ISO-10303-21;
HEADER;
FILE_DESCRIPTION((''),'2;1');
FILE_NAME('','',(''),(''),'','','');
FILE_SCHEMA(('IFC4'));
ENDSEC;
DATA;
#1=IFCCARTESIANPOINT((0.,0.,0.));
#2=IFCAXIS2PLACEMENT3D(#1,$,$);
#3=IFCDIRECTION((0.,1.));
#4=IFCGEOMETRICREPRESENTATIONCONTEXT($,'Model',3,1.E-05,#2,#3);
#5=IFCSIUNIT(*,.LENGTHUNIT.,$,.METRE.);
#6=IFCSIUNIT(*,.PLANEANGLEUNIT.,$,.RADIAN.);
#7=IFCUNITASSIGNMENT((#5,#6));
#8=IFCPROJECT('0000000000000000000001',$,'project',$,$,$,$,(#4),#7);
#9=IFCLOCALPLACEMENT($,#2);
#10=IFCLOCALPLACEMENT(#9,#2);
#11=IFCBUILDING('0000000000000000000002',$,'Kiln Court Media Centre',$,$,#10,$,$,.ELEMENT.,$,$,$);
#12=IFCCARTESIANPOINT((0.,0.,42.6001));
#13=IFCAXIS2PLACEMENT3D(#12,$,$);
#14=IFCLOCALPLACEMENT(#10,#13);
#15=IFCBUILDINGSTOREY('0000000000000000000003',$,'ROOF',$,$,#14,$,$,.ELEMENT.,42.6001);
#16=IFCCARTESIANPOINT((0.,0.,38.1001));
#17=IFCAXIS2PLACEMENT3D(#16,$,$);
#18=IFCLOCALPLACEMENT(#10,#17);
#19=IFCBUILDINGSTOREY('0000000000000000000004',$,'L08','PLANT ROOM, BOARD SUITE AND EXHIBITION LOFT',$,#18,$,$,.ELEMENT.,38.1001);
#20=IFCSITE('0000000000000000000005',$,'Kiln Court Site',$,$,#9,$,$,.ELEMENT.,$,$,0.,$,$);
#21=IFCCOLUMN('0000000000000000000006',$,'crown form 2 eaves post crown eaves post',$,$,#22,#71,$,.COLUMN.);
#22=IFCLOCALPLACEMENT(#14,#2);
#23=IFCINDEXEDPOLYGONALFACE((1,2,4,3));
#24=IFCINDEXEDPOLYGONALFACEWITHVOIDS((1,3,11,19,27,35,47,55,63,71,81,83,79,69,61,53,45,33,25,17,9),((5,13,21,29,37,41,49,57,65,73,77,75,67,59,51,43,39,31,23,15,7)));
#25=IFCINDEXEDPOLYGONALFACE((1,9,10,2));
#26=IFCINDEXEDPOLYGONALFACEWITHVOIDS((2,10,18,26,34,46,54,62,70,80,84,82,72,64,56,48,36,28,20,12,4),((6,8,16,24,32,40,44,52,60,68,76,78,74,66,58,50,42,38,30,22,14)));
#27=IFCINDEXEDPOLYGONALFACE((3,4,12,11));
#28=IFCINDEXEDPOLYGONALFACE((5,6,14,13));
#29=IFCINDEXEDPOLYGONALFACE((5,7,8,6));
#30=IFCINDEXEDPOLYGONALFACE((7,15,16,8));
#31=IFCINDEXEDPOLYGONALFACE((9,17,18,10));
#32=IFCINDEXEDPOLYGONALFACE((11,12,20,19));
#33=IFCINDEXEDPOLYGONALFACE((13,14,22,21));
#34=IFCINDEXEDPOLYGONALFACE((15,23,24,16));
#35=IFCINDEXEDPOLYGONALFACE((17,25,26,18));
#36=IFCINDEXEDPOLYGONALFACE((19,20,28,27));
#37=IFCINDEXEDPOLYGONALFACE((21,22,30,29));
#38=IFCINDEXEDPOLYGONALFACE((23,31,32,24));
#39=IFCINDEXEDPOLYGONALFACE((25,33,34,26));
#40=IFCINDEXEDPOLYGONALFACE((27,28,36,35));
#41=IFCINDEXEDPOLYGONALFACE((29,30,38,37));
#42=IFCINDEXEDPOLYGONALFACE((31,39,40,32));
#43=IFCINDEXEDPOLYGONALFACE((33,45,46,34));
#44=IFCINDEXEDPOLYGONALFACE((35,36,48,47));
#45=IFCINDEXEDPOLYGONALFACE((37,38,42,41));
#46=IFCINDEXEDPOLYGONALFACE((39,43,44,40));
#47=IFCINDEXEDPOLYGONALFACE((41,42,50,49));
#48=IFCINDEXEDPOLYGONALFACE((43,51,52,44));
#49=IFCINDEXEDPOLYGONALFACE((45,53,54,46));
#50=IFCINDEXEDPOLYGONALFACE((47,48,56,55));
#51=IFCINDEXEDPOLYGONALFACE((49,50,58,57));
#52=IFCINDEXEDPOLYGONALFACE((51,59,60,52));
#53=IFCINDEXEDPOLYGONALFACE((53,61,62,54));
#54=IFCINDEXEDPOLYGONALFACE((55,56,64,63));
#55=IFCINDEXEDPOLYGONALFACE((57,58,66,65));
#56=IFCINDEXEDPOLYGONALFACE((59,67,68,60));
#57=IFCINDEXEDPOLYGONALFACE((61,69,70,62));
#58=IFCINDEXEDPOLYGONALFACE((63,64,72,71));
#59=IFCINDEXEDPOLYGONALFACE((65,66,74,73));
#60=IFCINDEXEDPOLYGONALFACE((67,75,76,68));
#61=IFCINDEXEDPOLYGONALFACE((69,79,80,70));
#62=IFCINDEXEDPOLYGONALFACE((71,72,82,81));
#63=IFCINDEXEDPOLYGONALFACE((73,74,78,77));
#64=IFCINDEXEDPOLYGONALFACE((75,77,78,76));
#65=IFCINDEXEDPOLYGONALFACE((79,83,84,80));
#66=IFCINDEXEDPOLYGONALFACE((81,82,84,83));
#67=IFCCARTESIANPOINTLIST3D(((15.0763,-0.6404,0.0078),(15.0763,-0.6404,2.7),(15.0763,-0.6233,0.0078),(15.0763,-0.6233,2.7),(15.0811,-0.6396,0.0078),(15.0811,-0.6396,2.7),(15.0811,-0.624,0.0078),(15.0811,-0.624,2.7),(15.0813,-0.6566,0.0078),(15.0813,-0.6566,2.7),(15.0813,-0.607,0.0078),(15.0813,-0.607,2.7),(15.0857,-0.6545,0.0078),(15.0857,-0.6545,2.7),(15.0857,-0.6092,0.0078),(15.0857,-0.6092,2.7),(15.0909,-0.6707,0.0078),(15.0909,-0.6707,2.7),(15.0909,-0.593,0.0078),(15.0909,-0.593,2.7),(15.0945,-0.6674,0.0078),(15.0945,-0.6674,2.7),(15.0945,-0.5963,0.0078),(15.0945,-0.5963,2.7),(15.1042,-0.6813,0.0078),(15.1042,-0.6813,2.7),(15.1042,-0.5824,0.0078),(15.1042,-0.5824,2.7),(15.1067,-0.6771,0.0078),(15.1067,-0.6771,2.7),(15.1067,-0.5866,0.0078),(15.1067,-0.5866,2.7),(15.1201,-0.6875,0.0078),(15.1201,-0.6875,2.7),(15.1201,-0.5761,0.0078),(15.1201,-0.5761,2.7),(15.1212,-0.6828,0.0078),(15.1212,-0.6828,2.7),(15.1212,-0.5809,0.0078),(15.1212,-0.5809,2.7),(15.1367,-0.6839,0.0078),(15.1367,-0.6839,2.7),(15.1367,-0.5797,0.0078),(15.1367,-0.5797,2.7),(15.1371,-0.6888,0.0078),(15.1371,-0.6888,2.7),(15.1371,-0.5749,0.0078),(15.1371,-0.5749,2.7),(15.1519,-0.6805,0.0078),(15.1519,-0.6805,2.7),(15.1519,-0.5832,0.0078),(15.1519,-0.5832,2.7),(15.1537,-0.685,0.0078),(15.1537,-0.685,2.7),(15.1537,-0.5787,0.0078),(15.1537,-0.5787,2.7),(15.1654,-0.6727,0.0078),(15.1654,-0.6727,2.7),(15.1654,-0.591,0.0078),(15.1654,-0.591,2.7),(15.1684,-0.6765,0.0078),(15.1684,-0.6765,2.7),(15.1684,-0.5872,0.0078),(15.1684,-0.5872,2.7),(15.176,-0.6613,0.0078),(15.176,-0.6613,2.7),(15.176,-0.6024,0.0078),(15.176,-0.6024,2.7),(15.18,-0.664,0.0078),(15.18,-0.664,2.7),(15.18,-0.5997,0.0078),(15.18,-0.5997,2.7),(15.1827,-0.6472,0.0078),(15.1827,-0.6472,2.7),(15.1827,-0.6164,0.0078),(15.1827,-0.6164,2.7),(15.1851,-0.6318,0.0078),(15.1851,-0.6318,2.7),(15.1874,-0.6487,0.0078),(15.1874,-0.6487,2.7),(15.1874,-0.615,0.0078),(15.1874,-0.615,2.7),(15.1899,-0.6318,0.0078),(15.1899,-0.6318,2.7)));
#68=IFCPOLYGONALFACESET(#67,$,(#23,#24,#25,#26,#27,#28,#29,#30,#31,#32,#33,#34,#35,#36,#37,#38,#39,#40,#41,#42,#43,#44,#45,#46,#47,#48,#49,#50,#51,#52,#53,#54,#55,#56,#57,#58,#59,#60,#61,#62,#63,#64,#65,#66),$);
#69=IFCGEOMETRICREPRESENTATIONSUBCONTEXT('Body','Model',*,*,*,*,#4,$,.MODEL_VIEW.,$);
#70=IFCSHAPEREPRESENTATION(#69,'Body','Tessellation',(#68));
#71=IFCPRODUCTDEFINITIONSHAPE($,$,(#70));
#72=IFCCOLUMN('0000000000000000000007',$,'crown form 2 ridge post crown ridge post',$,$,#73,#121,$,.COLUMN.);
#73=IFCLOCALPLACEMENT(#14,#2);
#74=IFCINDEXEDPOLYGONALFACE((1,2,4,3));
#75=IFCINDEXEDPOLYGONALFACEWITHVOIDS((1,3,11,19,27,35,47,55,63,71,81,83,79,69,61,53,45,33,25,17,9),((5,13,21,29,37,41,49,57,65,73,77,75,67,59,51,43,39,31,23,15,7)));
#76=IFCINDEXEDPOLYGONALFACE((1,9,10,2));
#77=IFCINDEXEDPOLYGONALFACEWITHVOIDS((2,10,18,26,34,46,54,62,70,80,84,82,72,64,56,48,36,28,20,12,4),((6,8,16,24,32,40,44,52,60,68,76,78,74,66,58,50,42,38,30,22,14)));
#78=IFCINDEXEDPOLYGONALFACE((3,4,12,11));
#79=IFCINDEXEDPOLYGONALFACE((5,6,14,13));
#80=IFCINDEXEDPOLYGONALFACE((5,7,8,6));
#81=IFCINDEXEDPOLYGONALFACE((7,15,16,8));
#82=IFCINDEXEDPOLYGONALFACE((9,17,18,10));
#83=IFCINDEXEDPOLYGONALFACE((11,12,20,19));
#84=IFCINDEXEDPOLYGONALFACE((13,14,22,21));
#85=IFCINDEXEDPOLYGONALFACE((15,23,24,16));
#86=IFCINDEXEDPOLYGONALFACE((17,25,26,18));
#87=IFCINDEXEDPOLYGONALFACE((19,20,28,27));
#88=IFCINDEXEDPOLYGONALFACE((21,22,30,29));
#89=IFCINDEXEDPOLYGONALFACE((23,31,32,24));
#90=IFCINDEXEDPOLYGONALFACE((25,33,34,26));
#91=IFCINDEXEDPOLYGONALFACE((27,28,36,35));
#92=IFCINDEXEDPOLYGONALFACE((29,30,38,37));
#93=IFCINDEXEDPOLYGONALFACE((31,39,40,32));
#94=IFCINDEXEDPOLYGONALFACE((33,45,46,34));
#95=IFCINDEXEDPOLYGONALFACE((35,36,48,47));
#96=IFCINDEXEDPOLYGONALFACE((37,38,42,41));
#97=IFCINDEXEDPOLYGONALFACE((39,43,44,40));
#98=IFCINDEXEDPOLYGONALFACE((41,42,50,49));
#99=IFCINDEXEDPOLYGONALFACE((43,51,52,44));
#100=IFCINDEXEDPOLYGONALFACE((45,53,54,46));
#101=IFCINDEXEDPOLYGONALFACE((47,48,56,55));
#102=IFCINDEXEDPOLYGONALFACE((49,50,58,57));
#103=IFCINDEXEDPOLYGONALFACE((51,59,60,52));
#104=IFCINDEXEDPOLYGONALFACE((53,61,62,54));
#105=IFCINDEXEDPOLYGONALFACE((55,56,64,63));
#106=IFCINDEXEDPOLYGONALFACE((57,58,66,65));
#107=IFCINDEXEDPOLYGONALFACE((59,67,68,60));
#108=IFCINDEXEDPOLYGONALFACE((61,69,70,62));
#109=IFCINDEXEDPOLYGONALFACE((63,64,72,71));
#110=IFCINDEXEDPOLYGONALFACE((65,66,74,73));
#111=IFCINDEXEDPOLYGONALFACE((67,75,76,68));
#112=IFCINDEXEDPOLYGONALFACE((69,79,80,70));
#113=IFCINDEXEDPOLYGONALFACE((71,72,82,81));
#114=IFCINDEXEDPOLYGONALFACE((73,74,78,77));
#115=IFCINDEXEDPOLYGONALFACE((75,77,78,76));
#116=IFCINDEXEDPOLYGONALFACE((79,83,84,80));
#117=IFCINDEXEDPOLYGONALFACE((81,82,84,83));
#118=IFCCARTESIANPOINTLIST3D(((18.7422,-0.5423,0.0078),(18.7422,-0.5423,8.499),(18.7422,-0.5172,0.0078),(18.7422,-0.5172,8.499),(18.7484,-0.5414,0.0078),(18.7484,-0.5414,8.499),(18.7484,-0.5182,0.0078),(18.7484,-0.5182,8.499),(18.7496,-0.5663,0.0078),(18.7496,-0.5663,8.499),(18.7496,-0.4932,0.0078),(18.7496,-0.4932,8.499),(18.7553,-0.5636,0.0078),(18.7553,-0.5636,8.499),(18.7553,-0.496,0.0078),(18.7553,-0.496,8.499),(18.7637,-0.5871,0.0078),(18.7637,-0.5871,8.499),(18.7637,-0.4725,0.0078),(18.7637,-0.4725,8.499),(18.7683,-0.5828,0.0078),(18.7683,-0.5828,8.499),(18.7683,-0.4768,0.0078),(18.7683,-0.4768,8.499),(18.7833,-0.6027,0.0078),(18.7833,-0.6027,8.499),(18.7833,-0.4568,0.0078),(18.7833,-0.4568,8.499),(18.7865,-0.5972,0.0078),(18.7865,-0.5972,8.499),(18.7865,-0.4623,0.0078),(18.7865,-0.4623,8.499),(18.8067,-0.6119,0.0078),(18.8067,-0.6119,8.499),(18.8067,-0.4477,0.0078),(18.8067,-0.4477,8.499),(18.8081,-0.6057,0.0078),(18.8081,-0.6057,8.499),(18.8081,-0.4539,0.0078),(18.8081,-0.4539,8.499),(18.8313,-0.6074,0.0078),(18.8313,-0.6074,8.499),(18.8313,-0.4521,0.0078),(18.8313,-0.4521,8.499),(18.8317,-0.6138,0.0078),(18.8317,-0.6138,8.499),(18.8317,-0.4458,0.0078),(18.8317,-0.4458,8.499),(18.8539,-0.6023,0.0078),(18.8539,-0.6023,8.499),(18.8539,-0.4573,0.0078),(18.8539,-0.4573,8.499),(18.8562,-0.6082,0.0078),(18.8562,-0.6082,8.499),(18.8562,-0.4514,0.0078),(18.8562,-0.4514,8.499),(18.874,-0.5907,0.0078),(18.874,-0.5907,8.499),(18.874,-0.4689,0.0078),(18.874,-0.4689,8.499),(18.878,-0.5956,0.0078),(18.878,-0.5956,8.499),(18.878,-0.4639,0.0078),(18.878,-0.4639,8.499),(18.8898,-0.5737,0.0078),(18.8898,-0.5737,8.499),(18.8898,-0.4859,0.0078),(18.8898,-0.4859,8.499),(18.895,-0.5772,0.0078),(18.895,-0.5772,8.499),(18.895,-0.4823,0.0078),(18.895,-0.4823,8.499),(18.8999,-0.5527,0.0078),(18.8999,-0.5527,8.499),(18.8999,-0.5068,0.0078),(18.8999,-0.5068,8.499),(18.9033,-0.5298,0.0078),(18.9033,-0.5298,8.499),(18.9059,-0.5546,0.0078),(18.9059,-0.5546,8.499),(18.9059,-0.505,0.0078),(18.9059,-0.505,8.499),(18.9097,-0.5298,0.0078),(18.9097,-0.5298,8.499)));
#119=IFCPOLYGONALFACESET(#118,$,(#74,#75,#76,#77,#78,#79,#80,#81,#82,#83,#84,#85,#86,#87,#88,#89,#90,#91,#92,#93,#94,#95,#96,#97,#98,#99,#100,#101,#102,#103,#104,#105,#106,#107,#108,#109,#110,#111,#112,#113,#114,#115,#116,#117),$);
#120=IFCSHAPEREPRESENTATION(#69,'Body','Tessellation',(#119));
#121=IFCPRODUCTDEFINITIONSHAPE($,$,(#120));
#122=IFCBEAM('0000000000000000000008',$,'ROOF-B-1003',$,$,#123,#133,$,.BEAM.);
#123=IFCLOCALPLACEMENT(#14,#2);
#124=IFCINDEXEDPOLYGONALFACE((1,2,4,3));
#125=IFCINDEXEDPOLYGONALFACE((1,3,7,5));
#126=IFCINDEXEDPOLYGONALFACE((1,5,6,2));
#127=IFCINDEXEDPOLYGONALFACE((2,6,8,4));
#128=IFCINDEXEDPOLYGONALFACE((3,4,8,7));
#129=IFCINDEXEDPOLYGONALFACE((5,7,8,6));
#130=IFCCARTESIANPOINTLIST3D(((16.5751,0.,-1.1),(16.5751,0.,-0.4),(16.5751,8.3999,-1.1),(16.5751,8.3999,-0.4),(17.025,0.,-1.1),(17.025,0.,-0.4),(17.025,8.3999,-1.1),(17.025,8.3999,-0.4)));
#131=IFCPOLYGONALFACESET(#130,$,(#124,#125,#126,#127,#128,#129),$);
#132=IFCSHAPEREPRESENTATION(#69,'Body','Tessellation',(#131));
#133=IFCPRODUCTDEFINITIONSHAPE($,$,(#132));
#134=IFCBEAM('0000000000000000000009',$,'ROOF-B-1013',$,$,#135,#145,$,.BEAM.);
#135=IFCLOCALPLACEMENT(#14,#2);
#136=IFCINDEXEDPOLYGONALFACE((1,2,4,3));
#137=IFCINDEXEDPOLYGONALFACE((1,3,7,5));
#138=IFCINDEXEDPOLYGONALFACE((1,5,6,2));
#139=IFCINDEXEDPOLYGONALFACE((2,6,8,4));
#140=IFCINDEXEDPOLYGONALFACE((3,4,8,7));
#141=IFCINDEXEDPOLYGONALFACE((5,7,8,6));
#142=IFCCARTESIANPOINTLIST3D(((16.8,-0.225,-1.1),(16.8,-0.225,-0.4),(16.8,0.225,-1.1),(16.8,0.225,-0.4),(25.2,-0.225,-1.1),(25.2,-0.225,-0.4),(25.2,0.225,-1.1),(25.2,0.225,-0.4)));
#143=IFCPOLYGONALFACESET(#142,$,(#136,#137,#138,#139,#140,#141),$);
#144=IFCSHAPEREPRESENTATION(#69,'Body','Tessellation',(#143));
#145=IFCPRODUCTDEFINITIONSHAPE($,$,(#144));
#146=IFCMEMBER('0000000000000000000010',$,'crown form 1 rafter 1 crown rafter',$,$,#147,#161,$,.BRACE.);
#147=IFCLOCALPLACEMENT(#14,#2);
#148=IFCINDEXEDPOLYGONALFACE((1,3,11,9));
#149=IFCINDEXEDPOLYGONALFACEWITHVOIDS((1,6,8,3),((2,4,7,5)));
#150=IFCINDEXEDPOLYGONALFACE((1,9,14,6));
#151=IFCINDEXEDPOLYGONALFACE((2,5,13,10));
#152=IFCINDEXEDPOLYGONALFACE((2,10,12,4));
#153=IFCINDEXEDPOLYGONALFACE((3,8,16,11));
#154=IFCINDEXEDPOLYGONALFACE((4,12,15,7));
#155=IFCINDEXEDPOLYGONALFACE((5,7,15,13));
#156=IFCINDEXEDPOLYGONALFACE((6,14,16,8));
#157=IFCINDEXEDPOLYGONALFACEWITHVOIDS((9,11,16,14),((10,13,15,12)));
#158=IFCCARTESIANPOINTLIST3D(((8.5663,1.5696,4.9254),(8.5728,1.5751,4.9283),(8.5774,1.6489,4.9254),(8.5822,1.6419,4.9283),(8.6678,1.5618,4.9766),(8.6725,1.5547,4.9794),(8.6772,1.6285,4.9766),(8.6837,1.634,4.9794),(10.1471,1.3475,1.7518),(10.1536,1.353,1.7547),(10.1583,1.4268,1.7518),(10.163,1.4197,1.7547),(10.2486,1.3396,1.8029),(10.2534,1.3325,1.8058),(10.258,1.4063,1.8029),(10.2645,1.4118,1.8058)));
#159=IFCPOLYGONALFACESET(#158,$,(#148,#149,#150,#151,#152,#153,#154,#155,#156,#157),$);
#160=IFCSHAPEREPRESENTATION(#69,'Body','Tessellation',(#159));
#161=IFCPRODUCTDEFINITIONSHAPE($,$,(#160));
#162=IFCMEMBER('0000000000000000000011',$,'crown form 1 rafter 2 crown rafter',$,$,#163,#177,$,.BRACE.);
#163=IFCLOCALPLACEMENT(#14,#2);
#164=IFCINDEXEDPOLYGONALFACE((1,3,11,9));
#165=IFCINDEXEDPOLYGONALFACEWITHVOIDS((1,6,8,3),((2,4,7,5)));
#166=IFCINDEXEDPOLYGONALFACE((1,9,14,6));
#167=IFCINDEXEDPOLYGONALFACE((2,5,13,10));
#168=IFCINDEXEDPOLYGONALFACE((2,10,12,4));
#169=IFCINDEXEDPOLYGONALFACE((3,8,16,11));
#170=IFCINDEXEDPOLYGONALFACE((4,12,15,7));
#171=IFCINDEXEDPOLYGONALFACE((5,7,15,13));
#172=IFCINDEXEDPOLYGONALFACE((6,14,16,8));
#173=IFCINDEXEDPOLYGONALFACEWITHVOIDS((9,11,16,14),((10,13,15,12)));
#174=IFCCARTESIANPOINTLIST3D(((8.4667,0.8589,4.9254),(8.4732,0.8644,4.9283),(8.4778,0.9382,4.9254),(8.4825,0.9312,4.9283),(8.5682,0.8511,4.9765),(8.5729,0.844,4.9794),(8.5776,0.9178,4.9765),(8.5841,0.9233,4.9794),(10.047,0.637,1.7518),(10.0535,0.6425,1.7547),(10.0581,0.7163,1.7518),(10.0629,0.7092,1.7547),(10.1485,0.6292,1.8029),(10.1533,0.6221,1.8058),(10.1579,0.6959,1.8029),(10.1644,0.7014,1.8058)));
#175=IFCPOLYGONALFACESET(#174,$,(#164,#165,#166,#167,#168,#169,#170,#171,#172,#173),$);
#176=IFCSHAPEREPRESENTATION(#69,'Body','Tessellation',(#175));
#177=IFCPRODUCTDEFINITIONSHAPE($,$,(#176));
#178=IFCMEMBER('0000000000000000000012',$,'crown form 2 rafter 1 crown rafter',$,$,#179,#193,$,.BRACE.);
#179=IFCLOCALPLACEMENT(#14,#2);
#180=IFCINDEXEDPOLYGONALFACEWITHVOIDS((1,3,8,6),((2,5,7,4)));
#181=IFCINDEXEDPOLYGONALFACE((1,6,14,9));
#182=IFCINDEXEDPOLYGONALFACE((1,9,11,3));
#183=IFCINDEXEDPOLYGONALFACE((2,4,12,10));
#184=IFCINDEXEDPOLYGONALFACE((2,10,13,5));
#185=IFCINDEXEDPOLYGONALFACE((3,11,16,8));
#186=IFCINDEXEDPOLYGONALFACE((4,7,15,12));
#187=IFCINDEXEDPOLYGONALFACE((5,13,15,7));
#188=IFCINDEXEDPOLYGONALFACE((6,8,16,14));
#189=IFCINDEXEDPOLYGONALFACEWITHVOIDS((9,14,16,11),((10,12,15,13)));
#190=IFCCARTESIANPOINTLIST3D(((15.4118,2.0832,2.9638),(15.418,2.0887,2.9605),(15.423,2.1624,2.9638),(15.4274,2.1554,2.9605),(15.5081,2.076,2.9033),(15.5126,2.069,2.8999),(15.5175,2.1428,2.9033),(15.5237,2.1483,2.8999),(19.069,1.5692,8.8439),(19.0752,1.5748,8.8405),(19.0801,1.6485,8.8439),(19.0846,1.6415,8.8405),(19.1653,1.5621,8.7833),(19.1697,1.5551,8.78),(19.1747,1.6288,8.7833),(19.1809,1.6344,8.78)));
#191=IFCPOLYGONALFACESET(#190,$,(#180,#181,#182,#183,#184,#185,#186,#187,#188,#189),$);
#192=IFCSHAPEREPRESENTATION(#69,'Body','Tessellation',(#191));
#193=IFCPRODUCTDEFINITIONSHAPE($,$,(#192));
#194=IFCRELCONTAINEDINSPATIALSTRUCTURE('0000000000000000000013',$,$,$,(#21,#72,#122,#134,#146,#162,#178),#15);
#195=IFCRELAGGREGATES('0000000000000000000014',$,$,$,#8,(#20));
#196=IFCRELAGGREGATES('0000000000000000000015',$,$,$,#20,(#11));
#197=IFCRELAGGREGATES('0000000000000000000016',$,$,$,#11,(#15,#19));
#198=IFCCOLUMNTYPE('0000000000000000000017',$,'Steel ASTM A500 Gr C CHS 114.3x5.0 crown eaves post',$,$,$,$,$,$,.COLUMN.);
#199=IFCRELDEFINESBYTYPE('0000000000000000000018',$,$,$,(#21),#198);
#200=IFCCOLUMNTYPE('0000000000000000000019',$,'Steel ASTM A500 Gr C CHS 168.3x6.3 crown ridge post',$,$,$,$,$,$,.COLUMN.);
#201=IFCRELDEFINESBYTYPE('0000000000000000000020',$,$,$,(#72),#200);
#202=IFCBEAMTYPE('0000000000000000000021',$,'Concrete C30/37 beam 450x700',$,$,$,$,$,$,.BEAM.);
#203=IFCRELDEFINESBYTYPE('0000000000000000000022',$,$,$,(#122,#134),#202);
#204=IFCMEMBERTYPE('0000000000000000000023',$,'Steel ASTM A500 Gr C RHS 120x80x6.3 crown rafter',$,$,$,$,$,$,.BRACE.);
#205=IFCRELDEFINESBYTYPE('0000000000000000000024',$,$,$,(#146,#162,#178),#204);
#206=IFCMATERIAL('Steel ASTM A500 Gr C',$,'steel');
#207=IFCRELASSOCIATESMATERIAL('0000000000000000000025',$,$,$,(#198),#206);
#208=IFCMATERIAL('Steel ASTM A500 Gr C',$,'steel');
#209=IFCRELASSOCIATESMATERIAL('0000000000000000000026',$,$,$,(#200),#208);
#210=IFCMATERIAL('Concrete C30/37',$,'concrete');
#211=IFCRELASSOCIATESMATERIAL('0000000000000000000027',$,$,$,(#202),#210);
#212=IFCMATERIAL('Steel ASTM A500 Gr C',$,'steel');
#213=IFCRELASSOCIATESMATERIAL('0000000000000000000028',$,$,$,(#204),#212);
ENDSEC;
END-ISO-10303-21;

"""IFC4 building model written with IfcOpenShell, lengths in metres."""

from ifc_helpers import new_model, si_unit, direction, frame, origin, origin_2d, place, context, subcontext, project, spatial, rectangle, hollow_rectangle, hollow_circle, extrude, material, material_profile, profile_set, type_object, element, save


model = new_model("IFC4")

# Units and contexts
model_context = context("Model", 3, precision=1e-05, world=origin(), true_north=direction((0.0, 1.0)))
body_context = subcontext(model_context, "Body", "Model", "MODEL_VIEW")
ifc_project = project(units=[si_unit("LENGTHUNIT", "METRE"), si_unit("PLANEANGLEUNIT", "RADIAN")], contexts=[model_context])

# Site, building, storey
site_placement = place(None, origin())
site = spatial("IfcSite", under=ifc_project, at=site_placement, Name="Kiln Court Site", CompositionType="ELEMENT", RefElevation=0.0)
building_placement = place(site_placement, origin())
building = spatial("IfcBuilding", under=site, at=building_placement, Name="Kiln Court Media Centre", CompositionType="ELEMENT")
storey_1_placement = place(building_placement, frame((0.0, 0.0, 42.6001)))
storey_1 = spatial("IfcBuildingStorey", under=building, at=storey_1_placement, Name="ROOF", CompositionType="ELEMENT", Elevation=42.6001)

# Columns
ifc_material_1 = material(Name="Steel ASTM A500 Gr C", Category="steel")
ifc_material_profile_1 = material_profile(ifc_material_1, hollow_circle(Radius=0.0571, WallThickness=0.0049, at=origin_2d()), Name="CHS 114.3x5.0")
ifc_profile_set_1 = profile_set([ifc_material_profile_1], Name="Steel ASTM A500 Gr C")
column_type_1 = type_object("IfcColumnType", Name="Steel ASTM A500 Gr C CHS 114.3x5.0 crown eaves post", PredefinedType="COLUMN", material=ifc_profile_set_1)
column_1_placement = place(storey_1_placement, frame((15.1328, -0.6318, 0.0078), z_axis=(0.0, 0.0, 1.0), x_axis=(1.0, 0.0, 0.0)))
element("IfcColumn", 1, at=column_1_placement, inside=storey_1, type_object=column_type_1, Name="crown form 2 eaves post crown eaves post", PredefinedType="COLUMN", context=body_context, shape_type="SweptSolid", body=[
    extrude(hollow_circle(Radius=0.0571, WallThickness=0.0049, at=origin_2d()), origin(), (0.0, 0.0, 1.0), 2.6921),
])
ifc_material_2 = material(Name="Steel ASTM A500 Gr C", Category="steel")
ifc_material_profile_2 = material_profile(ifc_material_2, hollow_circle(Radius=0.0842, WallThickness=0.0063, at=origin_2d()), Name="CHS 168.3x6.3")
ifc_profile_set_2 = profile_set([ifc_material_profile_2], Name="Steel ASTM A500 Gr C")
column_type_2 = type_object("IfcColumnType", Name="Steel ASTM A500 Gr C CHS 168.3x6.3 crown ridge post", PredefinedType="COLUMN", material=ifc_profile_set_2)
column_2_placement = place(storey_1_placement, frame((18.8254, -0.5298, 0.0078), z_axis=(0.0, 0.0, 1.0), x_axis=(1.0, 0.0, 0.0)))
element("IfcColumn", 2, at=column_2_placement, inside=storey_1, type_object=column_type_2, Name="crown form 2 ridge post crown ridge post", PredefinedType="COLUMN", context=body_context, shape_type="SweptSolid", body=[
    extrude(hollow_circle(Radius=0.0842, WallThickness=0.0063, at=origin_2d()), origin(), (0.0, 0.0, 1.0), 8.4912),
])

# Beams
ifc_material_3 = material(Name="Concrete C30/37", Category="concrete")
ifc_material_profile_3 = material_profile(ifc_material_3, rectangle(XDim=0.45, YDim=0.7, at=origin_2d()), Name="RC 450x700")
ifc_profile_set_3 = profile_set([ifc_material_profile_3], Name="Concrete C30/37")
beam_type = type_object("IfcBeamType", Name="Concrete C30/37 beam 450x700", PredefinedType="BEAM", material=ifc_profile_set_3)
for number, where, z_axis, x_axis, name in (
    (3, (16.8, 0.0, -0.75), (0.0, 1.0, 0.0), (-1.0, 0.0, 0.0), "ROOF-B-1003"),
    (4, (16.8, 0.0, -0.75), (1.0, 0.0, 0.0), (0.0, 1.0, 0.0), "ROOF-B-1013"),
):
    element("IfcBeam", number, at=place(storey_1_placement, frame(where, z_axis=z_axis, x_axis=x_axis)), inside=storey_1, type_object=beam_type, Name=name, PredefinedType="BEAM", context=body_context, shape_type="SweptSolid", body=[
        extrude(rectangle(XDim=0.45, YDim=0.7, at=origin_2d()), origin(), (0.0, 0.0, 1.0), 8.3999),
    ])

# Members
ifc_material_4 = material(Name="Steel ASTM A500 Gr C", Category="steel")
ifc_material_profile_4 = material_profile(ifc_material_4, hollow_rectangle(XDim=0.0801, YDim=0.1201, WallThickness=0.0063, at=origin_2d()), Name="RHS 120x80x6.3")
ifc_profile_set_4 = profile_set([ifc_material_profile_4], Name="Steel ASTM A500 Gr C")
member_type = type_object("IfcMemberType", Name="Steel ASTM A500 Gr C RHS 120x80x6.3 crown rafter", PredefinedType="BRACE", material=ifc_profile_set_4)
member_1_placement = place(storey_1_placement, frame((10.2058, 1.3796, 1.7788), z_axis=(-0.444991, 0.062539, 0.893349), x_axis=(-0.139173, -0.990268, 0.0)))
element("IfcMember", 5, at=member_1_placement, inside=storey_1, type_object=member_type, Name="crown form 1 rafter 1 crown rafter", PredefinedType="BRACE", context=body_context, shape_type="SweptSolid", body=[
    extrude(hollow_rectangle(XDim=0.0801, YDim=0.1201, WallThickness=0.0063, at=origin_2d()), origin(), (0.0, 0.0, 1.0), 3.5525),
])
member_2_placement = place(storey_1_placement, frame((10.1057, 0.6692, 1.7788), z_axis=(-0.444882, 0.062475, 0.893407), x_axis=(-0.139065, -0.990283, 0.0)))
element("IfcMember", 6, at=member_2_placement, inside=storey_1, type_object=member_type, Name="crown form 1 rafter 2 crown rafter", PredefinedType="BRACE", context=body_context, shape_type="SweptSolid", body=[
    extrude(hollow_rectangle(XDim=0.0801, YDim=0.1201, WallThickness=0.0063, at=origin_2d()), origin(), (0.0, 0.0, 1.0), 3.5522),
])
member_3_placement = place(storey_1_placement, frame((15.4678, 2.1157, 2.9319), z_axis=(0.526695, -0.074012, 0.846826), x_axis=(0.139154, 0.990271, 0.0)))
element("IfcMember", 7, at=member_3_placement, inside=storey_1, type_object=member_type, Name="crown form 2 rafter 1 crown rafter", PredefinedType="BRACE", context=body_context, shape_type="SweptSolid", body=[
    extrude(hollow_rectangle(XDim=0.0801, YDim=0.1201, WallThickness=0.0063, at=origin_2d()), origin(), (0.0, 0.0, 1.0), 6.9436),
])

# Shared definitions
storey_2_placement = place(building_placement, frame((0.0, 0.0, 38.1001)))
storey_2 = spatial("IfcBuildingStorey", under=building, at=storey_2_placement, Name="L08", Description="PLANT ROOM, BOARD SUITE AND EXHIBITION LOFT", CompositionType="ELEMENT", Elevation=38.1001)

save(model, "model.ifc")
